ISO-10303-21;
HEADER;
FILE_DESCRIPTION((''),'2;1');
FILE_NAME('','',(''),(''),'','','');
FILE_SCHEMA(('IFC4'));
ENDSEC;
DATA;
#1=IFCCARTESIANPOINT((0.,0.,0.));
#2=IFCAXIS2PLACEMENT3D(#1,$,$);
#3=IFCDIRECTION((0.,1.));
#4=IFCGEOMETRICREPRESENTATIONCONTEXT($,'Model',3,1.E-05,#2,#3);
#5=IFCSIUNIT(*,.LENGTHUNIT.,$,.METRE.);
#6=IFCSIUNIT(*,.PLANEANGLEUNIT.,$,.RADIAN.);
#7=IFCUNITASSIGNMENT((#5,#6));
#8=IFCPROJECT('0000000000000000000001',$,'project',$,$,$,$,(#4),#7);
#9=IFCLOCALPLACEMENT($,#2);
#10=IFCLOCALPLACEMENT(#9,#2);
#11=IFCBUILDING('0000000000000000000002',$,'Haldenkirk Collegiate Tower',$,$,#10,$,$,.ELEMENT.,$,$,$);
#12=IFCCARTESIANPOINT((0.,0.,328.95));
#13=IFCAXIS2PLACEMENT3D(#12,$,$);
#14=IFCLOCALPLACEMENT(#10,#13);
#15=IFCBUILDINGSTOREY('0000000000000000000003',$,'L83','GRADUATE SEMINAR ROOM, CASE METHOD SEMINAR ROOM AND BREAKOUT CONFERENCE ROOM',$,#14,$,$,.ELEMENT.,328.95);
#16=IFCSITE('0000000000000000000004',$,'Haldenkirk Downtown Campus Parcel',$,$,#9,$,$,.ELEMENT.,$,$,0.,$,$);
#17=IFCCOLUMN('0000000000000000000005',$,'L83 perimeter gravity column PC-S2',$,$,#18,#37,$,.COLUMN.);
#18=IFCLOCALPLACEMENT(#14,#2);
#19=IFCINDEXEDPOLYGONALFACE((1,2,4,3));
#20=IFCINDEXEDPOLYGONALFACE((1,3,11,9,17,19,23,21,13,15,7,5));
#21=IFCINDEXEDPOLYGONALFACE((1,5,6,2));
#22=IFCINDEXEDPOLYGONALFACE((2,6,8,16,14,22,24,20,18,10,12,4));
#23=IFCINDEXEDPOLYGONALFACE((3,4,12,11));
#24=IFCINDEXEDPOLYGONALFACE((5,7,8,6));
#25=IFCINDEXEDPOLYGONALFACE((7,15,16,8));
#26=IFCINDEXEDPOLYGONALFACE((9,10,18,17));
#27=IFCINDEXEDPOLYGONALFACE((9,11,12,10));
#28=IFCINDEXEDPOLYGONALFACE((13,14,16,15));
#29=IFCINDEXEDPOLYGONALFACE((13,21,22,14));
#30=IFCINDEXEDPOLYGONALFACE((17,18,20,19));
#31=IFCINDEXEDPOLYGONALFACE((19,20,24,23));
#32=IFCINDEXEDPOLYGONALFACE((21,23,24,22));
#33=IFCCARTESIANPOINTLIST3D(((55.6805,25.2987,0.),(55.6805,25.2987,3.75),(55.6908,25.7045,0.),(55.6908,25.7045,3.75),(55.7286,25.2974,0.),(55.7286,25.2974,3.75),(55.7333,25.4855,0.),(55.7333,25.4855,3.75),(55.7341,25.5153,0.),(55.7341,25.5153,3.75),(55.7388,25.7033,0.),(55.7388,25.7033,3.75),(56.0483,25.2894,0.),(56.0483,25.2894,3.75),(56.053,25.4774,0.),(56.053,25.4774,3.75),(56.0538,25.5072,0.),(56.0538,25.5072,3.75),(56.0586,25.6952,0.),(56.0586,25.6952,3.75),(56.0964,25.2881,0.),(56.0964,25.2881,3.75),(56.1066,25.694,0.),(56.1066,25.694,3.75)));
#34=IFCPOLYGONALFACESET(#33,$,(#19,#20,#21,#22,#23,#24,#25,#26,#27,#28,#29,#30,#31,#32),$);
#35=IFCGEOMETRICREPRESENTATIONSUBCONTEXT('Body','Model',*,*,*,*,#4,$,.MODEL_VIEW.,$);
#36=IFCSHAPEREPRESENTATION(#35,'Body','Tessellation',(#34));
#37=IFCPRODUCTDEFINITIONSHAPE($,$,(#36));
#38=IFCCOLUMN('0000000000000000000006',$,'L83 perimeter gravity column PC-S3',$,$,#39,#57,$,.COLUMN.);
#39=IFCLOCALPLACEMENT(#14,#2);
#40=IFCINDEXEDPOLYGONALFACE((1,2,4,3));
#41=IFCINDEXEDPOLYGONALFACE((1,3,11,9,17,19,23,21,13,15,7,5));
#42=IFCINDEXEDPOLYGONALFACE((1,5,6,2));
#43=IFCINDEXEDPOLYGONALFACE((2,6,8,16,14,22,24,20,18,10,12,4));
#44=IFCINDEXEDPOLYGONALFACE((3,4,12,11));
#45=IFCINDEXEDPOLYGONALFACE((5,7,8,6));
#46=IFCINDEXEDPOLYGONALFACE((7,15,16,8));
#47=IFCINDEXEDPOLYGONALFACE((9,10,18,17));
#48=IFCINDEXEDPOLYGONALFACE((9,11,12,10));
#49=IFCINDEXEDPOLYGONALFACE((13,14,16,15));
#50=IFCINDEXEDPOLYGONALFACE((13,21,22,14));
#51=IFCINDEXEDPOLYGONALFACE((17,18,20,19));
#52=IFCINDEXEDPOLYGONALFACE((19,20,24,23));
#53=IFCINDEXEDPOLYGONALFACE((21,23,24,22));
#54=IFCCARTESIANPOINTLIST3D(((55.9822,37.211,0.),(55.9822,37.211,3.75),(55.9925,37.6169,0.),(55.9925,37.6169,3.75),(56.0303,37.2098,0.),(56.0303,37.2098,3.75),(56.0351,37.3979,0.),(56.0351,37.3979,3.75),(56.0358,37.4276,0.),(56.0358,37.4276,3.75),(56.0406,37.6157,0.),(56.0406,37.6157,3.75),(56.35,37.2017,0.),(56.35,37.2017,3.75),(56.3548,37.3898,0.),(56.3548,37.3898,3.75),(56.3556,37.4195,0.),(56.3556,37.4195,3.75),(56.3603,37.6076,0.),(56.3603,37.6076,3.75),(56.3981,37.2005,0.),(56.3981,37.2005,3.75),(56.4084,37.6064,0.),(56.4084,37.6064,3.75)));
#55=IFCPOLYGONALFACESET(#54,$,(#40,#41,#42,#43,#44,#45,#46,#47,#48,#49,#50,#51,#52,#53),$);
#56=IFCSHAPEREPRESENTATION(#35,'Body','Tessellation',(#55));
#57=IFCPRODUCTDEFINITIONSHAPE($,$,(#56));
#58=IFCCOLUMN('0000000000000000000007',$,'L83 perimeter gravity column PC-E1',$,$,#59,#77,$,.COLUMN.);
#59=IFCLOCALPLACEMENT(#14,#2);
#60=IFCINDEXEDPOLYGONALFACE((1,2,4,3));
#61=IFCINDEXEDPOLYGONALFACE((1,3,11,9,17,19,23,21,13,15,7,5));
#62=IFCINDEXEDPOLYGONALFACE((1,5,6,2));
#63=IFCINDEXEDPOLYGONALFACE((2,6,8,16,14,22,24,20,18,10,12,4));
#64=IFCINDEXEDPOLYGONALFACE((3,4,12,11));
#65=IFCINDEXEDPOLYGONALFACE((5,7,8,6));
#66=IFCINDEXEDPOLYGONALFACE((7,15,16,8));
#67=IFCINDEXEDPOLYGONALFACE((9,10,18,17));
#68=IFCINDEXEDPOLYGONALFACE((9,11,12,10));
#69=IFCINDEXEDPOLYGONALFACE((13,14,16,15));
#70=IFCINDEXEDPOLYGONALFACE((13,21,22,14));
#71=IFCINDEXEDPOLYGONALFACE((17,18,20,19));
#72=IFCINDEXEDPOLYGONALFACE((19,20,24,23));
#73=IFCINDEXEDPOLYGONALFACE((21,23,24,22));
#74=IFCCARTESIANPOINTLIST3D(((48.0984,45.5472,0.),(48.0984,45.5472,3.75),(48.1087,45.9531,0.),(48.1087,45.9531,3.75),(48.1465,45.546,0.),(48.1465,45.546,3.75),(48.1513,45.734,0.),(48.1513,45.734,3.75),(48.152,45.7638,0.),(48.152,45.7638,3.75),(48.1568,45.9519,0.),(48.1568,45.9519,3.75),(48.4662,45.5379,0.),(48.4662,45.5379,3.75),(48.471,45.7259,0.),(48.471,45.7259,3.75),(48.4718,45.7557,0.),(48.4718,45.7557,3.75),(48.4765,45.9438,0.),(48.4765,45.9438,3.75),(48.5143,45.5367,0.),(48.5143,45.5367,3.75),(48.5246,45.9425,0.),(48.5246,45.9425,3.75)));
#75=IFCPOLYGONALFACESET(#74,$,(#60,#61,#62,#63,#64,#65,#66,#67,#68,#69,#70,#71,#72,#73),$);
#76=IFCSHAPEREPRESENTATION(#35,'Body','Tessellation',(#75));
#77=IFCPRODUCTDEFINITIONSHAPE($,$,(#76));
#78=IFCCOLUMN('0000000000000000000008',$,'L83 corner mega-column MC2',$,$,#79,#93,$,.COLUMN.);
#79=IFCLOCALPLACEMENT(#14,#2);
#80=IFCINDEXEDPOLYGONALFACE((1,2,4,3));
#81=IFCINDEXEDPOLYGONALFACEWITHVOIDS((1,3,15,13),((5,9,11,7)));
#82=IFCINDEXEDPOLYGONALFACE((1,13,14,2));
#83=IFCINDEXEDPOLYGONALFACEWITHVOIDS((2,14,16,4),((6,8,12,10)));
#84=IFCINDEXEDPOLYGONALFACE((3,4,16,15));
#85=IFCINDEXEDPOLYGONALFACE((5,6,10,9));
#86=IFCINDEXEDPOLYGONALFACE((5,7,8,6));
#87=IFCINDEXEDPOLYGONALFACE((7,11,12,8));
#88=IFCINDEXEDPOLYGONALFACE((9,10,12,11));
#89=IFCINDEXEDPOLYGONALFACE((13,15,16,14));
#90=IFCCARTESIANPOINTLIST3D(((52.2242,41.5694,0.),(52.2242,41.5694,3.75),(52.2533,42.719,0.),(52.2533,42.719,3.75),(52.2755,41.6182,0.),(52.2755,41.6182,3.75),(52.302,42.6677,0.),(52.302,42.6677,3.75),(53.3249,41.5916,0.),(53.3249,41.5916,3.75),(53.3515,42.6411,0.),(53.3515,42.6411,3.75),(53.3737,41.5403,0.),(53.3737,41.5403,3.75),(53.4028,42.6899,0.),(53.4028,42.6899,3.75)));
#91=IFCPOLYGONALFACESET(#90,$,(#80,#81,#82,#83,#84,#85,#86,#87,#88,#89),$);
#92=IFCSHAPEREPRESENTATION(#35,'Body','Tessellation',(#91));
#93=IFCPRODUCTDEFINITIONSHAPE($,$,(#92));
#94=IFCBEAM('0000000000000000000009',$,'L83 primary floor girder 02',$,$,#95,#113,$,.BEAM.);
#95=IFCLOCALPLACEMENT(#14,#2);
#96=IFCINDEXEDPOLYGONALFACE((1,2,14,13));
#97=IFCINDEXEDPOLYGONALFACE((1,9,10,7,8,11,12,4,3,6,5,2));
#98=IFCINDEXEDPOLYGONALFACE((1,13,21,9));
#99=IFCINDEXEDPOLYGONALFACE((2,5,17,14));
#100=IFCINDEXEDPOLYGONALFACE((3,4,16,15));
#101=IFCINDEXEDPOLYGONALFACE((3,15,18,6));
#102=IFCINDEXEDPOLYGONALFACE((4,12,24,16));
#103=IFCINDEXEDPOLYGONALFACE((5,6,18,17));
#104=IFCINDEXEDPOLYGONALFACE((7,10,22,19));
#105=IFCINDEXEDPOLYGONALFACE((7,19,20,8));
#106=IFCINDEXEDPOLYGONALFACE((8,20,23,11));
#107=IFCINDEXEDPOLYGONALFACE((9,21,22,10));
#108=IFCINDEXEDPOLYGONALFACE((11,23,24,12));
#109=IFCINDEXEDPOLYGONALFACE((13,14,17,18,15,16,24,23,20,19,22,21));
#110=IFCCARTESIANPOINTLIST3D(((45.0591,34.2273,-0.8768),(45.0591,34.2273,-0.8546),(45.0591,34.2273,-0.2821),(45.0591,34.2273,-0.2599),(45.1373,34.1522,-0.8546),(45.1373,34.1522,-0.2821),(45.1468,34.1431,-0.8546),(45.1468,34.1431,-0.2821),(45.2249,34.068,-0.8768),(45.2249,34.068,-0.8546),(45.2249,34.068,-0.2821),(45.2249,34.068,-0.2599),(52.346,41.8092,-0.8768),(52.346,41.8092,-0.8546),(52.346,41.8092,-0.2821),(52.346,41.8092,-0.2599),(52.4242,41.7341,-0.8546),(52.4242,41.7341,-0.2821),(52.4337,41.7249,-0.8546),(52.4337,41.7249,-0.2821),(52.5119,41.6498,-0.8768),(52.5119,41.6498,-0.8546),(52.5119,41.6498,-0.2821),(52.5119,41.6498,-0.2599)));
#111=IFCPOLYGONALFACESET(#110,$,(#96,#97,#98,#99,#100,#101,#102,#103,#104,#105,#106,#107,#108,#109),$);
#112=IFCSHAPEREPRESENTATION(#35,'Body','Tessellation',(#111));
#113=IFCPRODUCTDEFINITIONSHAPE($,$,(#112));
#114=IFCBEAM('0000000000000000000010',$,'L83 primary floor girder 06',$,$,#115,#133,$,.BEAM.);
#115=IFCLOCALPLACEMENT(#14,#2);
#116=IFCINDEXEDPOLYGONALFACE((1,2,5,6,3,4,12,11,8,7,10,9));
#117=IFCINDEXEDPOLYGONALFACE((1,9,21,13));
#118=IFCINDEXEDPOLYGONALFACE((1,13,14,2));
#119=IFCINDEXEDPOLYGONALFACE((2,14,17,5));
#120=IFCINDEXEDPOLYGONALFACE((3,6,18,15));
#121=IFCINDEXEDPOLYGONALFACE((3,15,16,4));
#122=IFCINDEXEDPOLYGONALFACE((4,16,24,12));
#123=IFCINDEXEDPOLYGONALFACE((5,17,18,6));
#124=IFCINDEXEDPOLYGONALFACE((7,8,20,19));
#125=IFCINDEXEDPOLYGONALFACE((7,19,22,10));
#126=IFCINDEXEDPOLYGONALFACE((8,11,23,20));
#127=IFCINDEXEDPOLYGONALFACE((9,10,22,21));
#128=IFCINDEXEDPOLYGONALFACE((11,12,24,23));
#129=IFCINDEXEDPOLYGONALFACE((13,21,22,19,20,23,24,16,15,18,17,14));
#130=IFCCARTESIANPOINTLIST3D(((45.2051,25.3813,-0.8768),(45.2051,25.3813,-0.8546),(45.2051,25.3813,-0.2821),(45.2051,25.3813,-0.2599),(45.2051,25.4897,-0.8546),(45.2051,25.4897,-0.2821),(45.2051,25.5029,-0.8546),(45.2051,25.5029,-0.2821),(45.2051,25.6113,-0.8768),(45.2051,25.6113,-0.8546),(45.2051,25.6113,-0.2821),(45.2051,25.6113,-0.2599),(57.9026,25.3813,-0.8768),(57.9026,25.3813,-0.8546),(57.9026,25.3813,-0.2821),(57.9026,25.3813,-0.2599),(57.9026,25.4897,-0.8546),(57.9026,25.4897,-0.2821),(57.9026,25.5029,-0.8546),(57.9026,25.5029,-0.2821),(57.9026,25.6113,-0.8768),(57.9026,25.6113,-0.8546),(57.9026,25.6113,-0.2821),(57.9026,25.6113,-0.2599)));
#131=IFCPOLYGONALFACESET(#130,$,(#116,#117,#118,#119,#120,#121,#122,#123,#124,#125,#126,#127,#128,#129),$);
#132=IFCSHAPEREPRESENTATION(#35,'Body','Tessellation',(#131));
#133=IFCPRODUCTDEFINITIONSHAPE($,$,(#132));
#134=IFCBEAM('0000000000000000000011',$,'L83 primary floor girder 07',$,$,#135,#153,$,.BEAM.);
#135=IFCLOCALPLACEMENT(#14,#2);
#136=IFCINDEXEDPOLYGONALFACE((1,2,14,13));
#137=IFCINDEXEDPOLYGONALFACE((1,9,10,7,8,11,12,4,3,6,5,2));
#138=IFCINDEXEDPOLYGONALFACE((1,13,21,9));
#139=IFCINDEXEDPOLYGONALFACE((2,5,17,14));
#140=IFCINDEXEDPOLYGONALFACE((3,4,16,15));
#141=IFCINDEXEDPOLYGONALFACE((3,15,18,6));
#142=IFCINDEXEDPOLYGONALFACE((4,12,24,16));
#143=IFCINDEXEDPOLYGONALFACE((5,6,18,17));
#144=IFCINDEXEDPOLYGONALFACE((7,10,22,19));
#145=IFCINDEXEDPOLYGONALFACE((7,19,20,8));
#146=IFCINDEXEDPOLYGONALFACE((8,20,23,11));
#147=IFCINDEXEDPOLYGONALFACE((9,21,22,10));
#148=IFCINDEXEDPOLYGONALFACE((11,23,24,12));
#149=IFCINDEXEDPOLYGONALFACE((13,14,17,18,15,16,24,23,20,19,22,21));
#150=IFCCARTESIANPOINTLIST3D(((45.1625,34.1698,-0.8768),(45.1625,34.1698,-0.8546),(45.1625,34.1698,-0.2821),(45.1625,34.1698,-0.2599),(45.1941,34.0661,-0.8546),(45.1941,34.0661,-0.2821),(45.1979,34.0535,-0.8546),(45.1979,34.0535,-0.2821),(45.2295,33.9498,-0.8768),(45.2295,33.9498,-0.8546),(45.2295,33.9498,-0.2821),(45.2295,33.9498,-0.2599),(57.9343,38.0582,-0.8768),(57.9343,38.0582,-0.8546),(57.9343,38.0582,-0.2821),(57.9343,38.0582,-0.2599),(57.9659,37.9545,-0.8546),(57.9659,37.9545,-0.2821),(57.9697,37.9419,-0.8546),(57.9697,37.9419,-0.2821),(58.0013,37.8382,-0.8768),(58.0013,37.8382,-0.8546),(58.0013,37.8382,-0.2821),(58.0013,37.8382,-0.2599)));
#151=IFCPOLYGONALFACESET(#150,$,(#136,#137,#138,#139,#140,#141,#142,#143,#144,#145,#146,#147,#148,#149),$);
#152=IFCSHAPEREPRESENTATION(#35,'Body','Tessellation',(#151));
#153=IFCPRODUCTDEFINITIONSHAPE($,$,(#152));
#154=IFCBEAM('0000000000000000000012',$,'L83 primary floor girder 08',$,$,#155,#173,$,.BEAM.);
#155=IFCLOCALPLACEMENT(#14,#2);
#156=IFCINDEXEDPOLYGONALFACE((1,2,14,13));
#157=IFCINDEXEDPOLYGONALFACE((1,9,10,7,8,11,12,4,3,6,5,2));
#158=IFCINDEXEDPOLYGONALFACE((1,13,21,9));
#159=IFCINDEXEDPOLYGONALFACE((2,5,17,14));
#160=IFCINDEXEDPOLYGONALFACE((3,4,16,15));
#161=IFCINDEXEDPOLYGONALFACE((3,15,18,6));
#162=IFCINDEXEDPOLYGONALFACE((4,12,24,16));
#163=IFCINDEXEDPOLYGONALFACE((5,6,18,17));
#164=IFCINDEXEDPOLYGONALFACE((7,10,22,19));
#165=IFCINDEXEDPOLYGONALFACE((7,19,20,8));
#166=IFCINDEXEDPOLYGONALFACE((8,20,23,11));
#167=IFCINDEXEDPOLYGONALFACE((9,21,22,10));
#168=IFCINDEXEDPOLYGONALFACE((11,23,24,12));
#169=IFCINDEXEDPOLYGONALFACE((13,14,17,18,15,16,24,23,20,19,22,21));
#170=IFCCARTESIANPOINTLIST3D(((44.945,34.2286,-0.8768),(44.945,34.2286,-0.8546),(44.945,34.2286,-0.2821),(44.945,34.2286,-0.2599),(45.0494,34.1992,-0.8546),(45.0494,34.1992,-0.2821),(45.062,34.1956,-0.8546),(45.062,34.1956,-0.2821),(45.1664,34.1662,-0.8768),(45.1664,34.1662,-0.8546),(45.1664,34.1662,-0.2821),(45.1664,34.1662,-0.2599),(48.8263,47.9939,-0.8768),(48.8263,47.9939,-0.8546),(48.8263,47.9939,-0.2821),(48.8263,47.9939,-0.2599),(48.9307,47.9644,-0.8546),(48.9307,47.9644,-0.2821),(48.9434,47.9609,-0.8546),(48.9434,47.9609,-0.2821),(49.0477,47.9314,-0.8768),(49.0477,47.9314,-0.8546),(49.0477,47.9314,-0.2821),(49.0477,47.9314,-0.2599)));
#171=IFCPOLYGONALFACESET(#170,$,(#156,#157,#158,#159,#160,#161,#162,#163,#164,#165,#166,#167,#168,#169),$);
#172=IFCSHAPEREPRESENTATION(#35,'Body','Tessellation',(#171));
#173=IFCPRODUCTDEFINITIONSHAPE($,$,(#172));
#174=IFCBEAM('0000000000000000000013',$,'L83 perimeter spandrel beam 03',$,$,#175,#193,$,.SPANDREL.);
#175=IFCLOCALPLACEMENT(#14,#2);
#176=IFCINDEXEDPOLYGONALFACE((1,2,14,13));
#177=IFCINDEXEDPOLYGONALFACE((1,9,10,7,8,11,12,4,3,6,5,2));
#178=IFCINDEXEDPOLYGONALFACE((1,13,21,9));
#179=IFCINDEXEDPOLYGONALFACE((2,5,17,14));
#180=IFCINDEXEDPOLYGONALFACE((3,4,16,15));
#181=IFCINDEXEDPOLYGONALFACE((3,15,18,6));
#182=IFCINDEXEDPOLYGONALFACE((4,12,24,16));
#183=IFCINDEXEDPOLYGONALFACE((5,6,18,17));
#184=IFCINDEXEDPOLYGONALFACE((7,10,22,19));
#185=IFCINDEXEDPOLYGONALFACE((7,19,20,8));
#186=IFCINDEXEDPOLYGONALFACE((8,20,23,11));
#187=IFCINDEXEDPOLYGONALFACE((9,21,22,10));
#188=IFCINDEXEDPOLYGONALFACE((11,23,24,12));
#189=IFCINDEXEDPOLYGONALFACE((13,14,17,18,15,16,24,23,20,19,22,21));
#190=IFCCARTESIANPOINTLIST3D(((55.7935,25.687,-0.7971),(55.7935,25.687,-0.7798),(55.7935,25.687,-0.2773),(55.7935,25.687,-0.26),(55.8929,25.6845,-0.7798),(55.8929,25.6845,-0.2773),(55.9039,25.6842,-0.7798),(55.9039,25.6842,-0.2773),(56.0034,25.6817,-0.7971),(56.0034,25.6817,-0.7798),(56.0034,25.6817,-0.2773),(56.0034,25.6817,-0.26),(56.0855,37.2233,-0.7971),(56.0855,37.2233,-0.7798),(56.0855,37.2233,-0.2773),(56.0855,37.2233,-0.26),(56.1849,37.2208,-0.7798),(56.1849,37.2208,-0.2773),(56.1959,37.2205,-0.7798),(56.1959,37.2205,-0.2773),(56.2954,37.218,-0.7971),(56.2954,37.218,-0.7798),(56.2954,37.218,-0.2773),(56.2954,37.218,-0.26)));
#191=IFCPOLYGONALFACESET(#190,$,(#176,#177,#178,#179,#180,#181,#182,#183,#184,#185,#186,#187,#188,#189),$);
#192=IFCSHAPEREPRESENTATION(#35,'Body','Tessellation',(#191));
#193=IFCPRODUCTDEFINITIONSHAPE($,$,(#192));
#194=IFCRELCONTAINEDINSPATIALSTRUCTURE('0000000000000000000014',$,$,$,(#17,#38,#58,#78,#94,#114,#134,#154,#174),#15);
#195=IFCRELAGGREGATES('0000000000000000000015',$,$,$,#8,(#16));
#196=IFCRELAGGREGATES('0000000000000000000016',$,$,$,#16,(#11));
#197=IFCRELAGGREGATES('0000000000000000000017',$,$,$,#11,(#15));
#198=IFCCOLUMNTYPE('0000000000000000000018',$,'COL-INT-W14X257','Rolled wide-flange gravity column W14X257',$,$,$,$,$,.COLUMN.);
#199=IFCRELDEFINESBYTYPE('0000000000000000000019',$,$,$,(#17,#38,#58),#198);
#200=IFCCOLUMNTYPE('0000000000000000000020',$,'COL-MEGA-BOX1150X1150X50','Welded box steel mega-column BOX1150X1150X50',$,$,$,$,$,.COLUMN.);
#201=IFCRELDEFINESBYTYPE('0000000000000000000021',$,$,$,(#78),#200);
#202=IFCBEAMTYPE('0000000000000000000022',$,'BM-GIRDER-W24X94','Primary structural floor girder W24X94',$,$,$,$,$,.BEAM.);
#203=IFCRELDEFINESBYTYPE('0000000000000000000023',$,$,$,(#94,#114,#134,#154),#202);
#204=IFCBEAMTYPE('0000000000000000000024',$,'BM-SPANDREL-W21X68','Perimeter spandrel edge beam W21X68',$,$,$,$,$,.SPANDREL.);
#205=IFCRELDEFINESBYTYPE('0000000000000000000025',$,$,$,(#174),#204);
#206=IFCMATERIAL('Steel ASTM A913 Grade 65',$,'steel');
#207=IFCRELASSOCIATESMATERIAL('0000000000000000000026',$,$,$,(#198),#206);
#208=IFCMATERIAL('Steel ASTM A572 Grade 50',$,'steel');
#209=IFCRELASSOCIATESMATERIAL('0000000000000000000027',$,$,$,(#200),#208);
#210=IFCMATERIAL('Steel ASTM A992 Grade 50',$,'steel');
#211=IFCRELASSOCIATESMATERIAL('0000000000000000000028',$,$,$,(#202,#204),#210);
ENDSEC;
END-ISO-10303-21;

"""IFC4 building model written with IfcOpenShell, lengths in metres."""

from ifc_helpers import new_model, si_unit, direction, frame, origin, origin_2d, place, context, subcontext, project, spatial, hollow_rectangle, i_section, extrude, material, material_profile, profile_set, type_object, element, save


model = new_model("IFC4")

# Units and contexts
model_context = context("Model", 3, precision=1e-05, world=origin(), true_north=direction((0.0, 1.0)))
body_context = subcontext(model_context, "Body", "Model", "MODEL_VIEW")
ifc_project = project(units=[si_unit("LENGTHUNIT", "METRE"), si_unit("PLANEANGLEUNIT", "RADIAN")], contexts=[model_context])

# Site, building, storey
site_placement = place(None, origin())
site = spatial("IfcSite", under=ifc_project, at=site_placement, Name="Haldenkirk Downtown Campus Parcel", CompositionType="ELEMENT", RefElevation=0.0)
building_placement = place(site_placement, origin())
building = spatial("IfcBuilding", under=site, at=building_placement, Name="Haldenkirk Collegiate Tower", CompositionType="ELEMENT")
storey_placement = place(building_placement, frame((0.0, 0.0, 328.95)))
storey = spatial("IfcBuildingStorey", under=building, at=storey_placement, Name="L83", Description="GRADUATE SEMINAR ROOM, CASE METHOD SEMINAR ROOM AND BREAKOUT CONFERENCE ROOM", CompositionType="ELEMENT", Elevation=328.95)

# Columns
ifc_material_1 = material(Name="Steel ASTM A913 Grade 65", Category="steel")
ifc_material_profile_1 = material_profile(ifc_material_1, i_section(OverallWidth=0.406, OverallDepth=0.416, WebThickness=0.0298, FlangeThickness=0.0481, at=origin_2d()), Name="W14X257")
ifc_profile_set_1 = profile_set([ifc_material_profile_1], Name="Steel ASTM A913 Grade 65")
column_type_1 = type_object("IfcColumnType", Name="COL-INT-W14X257", Description="Rolled wide-flange gravity column W14X257", PredefinedType="COLUMN", material=ifc_profile_set_1)
for number, where, z_axis, x_axis, name in (
    (1, (55.8936, 25.4963, 0.0), (0.0, 0.0, 1.0), (0.025305, 0.99968, 0.0), "L83 perimeter gravity column PC-S2"),
    (2, (56.1953, 37.4087, 0.0), (0.0, 0.0, 1.0), (0.025305, 0.99968, 0.0), "L83 perimeter gravity column PC-S3"),
    (3, (48.3115, 45.7449, 0.0), (0.0, 0.0, 1.0), (0.025305, 0.99968, 0.0), "L83 perimeter gravity column PC-E1"),
):
    element("IfcColumn", number, at=place(storey_placement, frame(where, z_axis=z_axis, x_axis=x_axis)), inside=storey, type_object=column_type_1, Name=name, PredefinedType="COLUMN", context=body_context, shape_type="SweptSolid", body=[
        extrude(i_section(OverallWidth=0.406, OverallDepth=0.416, WebThickness=0.0298, FlangeThickness=0.0481, at=origin_2d()), origin(), (0.0, 0.0, 1.0), 3.75),
    ])
ifc_material_2 = material(Name="Steel ASTM A572 Grade 50", Category="steel")
ifc_material_profile_2 = material_profile(ifc_material_2, hollow_rectangle(XDim=1.1499, YDim=1.1499, WallThickness=0.05, at=origin_2d()), Name="BOX1150X1150X50")
ifc_profile_set_2 = profile_set([ifc_material_profile_2], Name="Steel ASTM A572 Grade 50")
column_type_2 = type_object("IfcColumnType", Name="COL-MEGA-BOX1150X1150X50", Description="Welded box steel mega-column BOX1150X1150X50", PredefinedType="COLUMN", material=ifc_profile_set_2)
column_placement = place(storey_placement, frame((52.8135, 42.1296, 0.0), z_axis=(0.0, 0.0, 1.0), x_axis=(0.025305, 0.99968, 0.0)))
element("IfcColumn", 4, at=column_placement, inside=storey, type_object=column_type_2, Name="L83 corner mega-column MC2", PredefinedType="COLUMN", context=body_context, shape_type="SweptSolid", body=[
    extrude(hollow_rectangle(XDim=1.1499, YDim=1.1499, WallThickness=0.05, at=origin_2d()), origin(), (0.0, 0.0, 1.0), 3.75),
])

# Beams
ifc_material_3 = material(Name="Steel ASTM A992 Grade 50", Category="steel")
ifc_material_profile_3 = material_profile(ifc_material_3, i_section(OverallWidth=0.23, OverallDepth=0.6169, WebThickness=0.0132, FlangeThickness=0.0222, at=origin_2d()), Name="W24X94")
ifc_profile_set_3 = profile_set([ifc_material_profile_3], Name="Steel ASTM A992 Grade 50")
beam_type_1 = type_object("IfcBeamType", Name="BM-GIRDER-W24X94", Description="Primary structural floor girder W24X94", PredefinedType="BEAM", material=ifc_profile_set_3)
beam_1_placement = place(storey_placement, frame((52.429, 41.7295, -0.5684), z_axis=(-0.692945, -0.720991, 0.0), x_axis=(0.720991, -0.692945, 0.0)))
element("IfcBeam", 5, at=beam_1_placement, inside=storey, type_object=beam_type_1, Name="L83 primary floor girder 02", PredefinedType="BEAM", context=body_context, shape_type="SweptSolid", body=[
    extrude(i_section(OverallWidth=0.23, OverallDepth=0.6169, WebThickness=0.0132, FlangeThickness=0.0222, at=origin_2d()), origin(), (0.0, 0.0, 1.0), 10.5159),
])
beam_2_placement = place(storey_placement, frame((57.9026, 25.4963, -0.5684), z_axis=(-1.0, 0.0, 0.0), x_axis=(0.0, -1.0, 0.0)))
element("IfcBeam", 6, at=beam_2_placement, inside=storey, type_object=beam_type_1, Name="L83 primary floor girder 06", PredefinedType="BEAM", context=body_context, shape_type="SweptSolid", body=[
    extrude(i_section(OverallWidth=0.23, OverallDepth=0.6169, WebThickness=0.0132, FlangeThickness=0.0222, at=origin_2d()), origin(), (0.0, 0.0, 1.0), 12.6975),
])
beam_3_placement = place(storey_placement, frame((57.9678, 37.9482, -0.5684), z_axis=(-0.956645, -0.291256, 0.0), x_axis=(0.291256, -0.956645, 0.0)))
element("IfcBeam", 7, at=beam_3_placement, inside=storey, type_object=beam_type_1, Name="L83 primary floor girder 07", PredefinedType="BEAM", context=body_context, shape_type="SweptSolid", body=[
    extrude(i_section(OverallWidth=0.23, OverallDepth=0.6169, WebThickness=0.0132, FlangeThickness=0.0222, at=origin_2d()), origin(), (0.0, 0.0, 1.0), 13.3506),
])
beam_4_placement = place(storey_placement, frame((48.937, 47.9626, -0.5684), z_axis=(-0.271383, -0.962472, 0.0), x_axis=(0.962472, -0.271383, 0.0)))
element("IfcBeam", 8, at=beam_4_placement, inside=storey, type_object=beam_type_1, Name="L83 primary floor girder 08", PredefinedType="BEAM", context=body_context, shape_type="SweptSolid", body=[
    extrude(i_section(OverallWidth=0.23, OverallDepth=0.6169, WebThickness=0.0132, FlangeThickness=0.0222, at=origin_2d()), origin(), (0.0, 0.0, 1.0), 14.302),
])
ifc_material_profile_4 = material_profile(ifc_material_3, i_section(OverallWidth=0.21, OverallDepth=0.5371, WebThickness=0.011, FlangeThickness=0.0173, at=origin_2d()), Name="W21X68")
ifc_profile_set_4 = profile_set([ifc_material_profile_4], Name="Steel ASTM A992 Grade 50")
beam_type_2 = type_object("IfcBeamType", Name="BM-SPANDREL-W21X68", Description="Perimeter spandrel edge beam W21X68", PredefinedType="SPANDREL", material=ifc_profile_set_4)
beam_5_placement = place(storey_placement, frame((55.8984, 25.6843, -0.5286), z_axis=(0.025302, 0.99968, 0.0), x_axis=(-0.99968, 0.025302, 0.0)))
element("IfcBeam", 9, at=beam_5_placement, inside=storey, type_object=beam_type_2, Name="L83 perimeter spandrel beam 03", PredefinedType="SPANDREL", context=body_context, shape_type="SweptSolid", body=[
    extrude(i_section(OverallWidth=0.21, OverallDepth=0.5371, WebThickness=0.011, FlangeThickness=0.0173, at=origin_2d()), origin(), (0.0, 0.0, 1.0), 11.54),
])

save(model, "model.ifc")
